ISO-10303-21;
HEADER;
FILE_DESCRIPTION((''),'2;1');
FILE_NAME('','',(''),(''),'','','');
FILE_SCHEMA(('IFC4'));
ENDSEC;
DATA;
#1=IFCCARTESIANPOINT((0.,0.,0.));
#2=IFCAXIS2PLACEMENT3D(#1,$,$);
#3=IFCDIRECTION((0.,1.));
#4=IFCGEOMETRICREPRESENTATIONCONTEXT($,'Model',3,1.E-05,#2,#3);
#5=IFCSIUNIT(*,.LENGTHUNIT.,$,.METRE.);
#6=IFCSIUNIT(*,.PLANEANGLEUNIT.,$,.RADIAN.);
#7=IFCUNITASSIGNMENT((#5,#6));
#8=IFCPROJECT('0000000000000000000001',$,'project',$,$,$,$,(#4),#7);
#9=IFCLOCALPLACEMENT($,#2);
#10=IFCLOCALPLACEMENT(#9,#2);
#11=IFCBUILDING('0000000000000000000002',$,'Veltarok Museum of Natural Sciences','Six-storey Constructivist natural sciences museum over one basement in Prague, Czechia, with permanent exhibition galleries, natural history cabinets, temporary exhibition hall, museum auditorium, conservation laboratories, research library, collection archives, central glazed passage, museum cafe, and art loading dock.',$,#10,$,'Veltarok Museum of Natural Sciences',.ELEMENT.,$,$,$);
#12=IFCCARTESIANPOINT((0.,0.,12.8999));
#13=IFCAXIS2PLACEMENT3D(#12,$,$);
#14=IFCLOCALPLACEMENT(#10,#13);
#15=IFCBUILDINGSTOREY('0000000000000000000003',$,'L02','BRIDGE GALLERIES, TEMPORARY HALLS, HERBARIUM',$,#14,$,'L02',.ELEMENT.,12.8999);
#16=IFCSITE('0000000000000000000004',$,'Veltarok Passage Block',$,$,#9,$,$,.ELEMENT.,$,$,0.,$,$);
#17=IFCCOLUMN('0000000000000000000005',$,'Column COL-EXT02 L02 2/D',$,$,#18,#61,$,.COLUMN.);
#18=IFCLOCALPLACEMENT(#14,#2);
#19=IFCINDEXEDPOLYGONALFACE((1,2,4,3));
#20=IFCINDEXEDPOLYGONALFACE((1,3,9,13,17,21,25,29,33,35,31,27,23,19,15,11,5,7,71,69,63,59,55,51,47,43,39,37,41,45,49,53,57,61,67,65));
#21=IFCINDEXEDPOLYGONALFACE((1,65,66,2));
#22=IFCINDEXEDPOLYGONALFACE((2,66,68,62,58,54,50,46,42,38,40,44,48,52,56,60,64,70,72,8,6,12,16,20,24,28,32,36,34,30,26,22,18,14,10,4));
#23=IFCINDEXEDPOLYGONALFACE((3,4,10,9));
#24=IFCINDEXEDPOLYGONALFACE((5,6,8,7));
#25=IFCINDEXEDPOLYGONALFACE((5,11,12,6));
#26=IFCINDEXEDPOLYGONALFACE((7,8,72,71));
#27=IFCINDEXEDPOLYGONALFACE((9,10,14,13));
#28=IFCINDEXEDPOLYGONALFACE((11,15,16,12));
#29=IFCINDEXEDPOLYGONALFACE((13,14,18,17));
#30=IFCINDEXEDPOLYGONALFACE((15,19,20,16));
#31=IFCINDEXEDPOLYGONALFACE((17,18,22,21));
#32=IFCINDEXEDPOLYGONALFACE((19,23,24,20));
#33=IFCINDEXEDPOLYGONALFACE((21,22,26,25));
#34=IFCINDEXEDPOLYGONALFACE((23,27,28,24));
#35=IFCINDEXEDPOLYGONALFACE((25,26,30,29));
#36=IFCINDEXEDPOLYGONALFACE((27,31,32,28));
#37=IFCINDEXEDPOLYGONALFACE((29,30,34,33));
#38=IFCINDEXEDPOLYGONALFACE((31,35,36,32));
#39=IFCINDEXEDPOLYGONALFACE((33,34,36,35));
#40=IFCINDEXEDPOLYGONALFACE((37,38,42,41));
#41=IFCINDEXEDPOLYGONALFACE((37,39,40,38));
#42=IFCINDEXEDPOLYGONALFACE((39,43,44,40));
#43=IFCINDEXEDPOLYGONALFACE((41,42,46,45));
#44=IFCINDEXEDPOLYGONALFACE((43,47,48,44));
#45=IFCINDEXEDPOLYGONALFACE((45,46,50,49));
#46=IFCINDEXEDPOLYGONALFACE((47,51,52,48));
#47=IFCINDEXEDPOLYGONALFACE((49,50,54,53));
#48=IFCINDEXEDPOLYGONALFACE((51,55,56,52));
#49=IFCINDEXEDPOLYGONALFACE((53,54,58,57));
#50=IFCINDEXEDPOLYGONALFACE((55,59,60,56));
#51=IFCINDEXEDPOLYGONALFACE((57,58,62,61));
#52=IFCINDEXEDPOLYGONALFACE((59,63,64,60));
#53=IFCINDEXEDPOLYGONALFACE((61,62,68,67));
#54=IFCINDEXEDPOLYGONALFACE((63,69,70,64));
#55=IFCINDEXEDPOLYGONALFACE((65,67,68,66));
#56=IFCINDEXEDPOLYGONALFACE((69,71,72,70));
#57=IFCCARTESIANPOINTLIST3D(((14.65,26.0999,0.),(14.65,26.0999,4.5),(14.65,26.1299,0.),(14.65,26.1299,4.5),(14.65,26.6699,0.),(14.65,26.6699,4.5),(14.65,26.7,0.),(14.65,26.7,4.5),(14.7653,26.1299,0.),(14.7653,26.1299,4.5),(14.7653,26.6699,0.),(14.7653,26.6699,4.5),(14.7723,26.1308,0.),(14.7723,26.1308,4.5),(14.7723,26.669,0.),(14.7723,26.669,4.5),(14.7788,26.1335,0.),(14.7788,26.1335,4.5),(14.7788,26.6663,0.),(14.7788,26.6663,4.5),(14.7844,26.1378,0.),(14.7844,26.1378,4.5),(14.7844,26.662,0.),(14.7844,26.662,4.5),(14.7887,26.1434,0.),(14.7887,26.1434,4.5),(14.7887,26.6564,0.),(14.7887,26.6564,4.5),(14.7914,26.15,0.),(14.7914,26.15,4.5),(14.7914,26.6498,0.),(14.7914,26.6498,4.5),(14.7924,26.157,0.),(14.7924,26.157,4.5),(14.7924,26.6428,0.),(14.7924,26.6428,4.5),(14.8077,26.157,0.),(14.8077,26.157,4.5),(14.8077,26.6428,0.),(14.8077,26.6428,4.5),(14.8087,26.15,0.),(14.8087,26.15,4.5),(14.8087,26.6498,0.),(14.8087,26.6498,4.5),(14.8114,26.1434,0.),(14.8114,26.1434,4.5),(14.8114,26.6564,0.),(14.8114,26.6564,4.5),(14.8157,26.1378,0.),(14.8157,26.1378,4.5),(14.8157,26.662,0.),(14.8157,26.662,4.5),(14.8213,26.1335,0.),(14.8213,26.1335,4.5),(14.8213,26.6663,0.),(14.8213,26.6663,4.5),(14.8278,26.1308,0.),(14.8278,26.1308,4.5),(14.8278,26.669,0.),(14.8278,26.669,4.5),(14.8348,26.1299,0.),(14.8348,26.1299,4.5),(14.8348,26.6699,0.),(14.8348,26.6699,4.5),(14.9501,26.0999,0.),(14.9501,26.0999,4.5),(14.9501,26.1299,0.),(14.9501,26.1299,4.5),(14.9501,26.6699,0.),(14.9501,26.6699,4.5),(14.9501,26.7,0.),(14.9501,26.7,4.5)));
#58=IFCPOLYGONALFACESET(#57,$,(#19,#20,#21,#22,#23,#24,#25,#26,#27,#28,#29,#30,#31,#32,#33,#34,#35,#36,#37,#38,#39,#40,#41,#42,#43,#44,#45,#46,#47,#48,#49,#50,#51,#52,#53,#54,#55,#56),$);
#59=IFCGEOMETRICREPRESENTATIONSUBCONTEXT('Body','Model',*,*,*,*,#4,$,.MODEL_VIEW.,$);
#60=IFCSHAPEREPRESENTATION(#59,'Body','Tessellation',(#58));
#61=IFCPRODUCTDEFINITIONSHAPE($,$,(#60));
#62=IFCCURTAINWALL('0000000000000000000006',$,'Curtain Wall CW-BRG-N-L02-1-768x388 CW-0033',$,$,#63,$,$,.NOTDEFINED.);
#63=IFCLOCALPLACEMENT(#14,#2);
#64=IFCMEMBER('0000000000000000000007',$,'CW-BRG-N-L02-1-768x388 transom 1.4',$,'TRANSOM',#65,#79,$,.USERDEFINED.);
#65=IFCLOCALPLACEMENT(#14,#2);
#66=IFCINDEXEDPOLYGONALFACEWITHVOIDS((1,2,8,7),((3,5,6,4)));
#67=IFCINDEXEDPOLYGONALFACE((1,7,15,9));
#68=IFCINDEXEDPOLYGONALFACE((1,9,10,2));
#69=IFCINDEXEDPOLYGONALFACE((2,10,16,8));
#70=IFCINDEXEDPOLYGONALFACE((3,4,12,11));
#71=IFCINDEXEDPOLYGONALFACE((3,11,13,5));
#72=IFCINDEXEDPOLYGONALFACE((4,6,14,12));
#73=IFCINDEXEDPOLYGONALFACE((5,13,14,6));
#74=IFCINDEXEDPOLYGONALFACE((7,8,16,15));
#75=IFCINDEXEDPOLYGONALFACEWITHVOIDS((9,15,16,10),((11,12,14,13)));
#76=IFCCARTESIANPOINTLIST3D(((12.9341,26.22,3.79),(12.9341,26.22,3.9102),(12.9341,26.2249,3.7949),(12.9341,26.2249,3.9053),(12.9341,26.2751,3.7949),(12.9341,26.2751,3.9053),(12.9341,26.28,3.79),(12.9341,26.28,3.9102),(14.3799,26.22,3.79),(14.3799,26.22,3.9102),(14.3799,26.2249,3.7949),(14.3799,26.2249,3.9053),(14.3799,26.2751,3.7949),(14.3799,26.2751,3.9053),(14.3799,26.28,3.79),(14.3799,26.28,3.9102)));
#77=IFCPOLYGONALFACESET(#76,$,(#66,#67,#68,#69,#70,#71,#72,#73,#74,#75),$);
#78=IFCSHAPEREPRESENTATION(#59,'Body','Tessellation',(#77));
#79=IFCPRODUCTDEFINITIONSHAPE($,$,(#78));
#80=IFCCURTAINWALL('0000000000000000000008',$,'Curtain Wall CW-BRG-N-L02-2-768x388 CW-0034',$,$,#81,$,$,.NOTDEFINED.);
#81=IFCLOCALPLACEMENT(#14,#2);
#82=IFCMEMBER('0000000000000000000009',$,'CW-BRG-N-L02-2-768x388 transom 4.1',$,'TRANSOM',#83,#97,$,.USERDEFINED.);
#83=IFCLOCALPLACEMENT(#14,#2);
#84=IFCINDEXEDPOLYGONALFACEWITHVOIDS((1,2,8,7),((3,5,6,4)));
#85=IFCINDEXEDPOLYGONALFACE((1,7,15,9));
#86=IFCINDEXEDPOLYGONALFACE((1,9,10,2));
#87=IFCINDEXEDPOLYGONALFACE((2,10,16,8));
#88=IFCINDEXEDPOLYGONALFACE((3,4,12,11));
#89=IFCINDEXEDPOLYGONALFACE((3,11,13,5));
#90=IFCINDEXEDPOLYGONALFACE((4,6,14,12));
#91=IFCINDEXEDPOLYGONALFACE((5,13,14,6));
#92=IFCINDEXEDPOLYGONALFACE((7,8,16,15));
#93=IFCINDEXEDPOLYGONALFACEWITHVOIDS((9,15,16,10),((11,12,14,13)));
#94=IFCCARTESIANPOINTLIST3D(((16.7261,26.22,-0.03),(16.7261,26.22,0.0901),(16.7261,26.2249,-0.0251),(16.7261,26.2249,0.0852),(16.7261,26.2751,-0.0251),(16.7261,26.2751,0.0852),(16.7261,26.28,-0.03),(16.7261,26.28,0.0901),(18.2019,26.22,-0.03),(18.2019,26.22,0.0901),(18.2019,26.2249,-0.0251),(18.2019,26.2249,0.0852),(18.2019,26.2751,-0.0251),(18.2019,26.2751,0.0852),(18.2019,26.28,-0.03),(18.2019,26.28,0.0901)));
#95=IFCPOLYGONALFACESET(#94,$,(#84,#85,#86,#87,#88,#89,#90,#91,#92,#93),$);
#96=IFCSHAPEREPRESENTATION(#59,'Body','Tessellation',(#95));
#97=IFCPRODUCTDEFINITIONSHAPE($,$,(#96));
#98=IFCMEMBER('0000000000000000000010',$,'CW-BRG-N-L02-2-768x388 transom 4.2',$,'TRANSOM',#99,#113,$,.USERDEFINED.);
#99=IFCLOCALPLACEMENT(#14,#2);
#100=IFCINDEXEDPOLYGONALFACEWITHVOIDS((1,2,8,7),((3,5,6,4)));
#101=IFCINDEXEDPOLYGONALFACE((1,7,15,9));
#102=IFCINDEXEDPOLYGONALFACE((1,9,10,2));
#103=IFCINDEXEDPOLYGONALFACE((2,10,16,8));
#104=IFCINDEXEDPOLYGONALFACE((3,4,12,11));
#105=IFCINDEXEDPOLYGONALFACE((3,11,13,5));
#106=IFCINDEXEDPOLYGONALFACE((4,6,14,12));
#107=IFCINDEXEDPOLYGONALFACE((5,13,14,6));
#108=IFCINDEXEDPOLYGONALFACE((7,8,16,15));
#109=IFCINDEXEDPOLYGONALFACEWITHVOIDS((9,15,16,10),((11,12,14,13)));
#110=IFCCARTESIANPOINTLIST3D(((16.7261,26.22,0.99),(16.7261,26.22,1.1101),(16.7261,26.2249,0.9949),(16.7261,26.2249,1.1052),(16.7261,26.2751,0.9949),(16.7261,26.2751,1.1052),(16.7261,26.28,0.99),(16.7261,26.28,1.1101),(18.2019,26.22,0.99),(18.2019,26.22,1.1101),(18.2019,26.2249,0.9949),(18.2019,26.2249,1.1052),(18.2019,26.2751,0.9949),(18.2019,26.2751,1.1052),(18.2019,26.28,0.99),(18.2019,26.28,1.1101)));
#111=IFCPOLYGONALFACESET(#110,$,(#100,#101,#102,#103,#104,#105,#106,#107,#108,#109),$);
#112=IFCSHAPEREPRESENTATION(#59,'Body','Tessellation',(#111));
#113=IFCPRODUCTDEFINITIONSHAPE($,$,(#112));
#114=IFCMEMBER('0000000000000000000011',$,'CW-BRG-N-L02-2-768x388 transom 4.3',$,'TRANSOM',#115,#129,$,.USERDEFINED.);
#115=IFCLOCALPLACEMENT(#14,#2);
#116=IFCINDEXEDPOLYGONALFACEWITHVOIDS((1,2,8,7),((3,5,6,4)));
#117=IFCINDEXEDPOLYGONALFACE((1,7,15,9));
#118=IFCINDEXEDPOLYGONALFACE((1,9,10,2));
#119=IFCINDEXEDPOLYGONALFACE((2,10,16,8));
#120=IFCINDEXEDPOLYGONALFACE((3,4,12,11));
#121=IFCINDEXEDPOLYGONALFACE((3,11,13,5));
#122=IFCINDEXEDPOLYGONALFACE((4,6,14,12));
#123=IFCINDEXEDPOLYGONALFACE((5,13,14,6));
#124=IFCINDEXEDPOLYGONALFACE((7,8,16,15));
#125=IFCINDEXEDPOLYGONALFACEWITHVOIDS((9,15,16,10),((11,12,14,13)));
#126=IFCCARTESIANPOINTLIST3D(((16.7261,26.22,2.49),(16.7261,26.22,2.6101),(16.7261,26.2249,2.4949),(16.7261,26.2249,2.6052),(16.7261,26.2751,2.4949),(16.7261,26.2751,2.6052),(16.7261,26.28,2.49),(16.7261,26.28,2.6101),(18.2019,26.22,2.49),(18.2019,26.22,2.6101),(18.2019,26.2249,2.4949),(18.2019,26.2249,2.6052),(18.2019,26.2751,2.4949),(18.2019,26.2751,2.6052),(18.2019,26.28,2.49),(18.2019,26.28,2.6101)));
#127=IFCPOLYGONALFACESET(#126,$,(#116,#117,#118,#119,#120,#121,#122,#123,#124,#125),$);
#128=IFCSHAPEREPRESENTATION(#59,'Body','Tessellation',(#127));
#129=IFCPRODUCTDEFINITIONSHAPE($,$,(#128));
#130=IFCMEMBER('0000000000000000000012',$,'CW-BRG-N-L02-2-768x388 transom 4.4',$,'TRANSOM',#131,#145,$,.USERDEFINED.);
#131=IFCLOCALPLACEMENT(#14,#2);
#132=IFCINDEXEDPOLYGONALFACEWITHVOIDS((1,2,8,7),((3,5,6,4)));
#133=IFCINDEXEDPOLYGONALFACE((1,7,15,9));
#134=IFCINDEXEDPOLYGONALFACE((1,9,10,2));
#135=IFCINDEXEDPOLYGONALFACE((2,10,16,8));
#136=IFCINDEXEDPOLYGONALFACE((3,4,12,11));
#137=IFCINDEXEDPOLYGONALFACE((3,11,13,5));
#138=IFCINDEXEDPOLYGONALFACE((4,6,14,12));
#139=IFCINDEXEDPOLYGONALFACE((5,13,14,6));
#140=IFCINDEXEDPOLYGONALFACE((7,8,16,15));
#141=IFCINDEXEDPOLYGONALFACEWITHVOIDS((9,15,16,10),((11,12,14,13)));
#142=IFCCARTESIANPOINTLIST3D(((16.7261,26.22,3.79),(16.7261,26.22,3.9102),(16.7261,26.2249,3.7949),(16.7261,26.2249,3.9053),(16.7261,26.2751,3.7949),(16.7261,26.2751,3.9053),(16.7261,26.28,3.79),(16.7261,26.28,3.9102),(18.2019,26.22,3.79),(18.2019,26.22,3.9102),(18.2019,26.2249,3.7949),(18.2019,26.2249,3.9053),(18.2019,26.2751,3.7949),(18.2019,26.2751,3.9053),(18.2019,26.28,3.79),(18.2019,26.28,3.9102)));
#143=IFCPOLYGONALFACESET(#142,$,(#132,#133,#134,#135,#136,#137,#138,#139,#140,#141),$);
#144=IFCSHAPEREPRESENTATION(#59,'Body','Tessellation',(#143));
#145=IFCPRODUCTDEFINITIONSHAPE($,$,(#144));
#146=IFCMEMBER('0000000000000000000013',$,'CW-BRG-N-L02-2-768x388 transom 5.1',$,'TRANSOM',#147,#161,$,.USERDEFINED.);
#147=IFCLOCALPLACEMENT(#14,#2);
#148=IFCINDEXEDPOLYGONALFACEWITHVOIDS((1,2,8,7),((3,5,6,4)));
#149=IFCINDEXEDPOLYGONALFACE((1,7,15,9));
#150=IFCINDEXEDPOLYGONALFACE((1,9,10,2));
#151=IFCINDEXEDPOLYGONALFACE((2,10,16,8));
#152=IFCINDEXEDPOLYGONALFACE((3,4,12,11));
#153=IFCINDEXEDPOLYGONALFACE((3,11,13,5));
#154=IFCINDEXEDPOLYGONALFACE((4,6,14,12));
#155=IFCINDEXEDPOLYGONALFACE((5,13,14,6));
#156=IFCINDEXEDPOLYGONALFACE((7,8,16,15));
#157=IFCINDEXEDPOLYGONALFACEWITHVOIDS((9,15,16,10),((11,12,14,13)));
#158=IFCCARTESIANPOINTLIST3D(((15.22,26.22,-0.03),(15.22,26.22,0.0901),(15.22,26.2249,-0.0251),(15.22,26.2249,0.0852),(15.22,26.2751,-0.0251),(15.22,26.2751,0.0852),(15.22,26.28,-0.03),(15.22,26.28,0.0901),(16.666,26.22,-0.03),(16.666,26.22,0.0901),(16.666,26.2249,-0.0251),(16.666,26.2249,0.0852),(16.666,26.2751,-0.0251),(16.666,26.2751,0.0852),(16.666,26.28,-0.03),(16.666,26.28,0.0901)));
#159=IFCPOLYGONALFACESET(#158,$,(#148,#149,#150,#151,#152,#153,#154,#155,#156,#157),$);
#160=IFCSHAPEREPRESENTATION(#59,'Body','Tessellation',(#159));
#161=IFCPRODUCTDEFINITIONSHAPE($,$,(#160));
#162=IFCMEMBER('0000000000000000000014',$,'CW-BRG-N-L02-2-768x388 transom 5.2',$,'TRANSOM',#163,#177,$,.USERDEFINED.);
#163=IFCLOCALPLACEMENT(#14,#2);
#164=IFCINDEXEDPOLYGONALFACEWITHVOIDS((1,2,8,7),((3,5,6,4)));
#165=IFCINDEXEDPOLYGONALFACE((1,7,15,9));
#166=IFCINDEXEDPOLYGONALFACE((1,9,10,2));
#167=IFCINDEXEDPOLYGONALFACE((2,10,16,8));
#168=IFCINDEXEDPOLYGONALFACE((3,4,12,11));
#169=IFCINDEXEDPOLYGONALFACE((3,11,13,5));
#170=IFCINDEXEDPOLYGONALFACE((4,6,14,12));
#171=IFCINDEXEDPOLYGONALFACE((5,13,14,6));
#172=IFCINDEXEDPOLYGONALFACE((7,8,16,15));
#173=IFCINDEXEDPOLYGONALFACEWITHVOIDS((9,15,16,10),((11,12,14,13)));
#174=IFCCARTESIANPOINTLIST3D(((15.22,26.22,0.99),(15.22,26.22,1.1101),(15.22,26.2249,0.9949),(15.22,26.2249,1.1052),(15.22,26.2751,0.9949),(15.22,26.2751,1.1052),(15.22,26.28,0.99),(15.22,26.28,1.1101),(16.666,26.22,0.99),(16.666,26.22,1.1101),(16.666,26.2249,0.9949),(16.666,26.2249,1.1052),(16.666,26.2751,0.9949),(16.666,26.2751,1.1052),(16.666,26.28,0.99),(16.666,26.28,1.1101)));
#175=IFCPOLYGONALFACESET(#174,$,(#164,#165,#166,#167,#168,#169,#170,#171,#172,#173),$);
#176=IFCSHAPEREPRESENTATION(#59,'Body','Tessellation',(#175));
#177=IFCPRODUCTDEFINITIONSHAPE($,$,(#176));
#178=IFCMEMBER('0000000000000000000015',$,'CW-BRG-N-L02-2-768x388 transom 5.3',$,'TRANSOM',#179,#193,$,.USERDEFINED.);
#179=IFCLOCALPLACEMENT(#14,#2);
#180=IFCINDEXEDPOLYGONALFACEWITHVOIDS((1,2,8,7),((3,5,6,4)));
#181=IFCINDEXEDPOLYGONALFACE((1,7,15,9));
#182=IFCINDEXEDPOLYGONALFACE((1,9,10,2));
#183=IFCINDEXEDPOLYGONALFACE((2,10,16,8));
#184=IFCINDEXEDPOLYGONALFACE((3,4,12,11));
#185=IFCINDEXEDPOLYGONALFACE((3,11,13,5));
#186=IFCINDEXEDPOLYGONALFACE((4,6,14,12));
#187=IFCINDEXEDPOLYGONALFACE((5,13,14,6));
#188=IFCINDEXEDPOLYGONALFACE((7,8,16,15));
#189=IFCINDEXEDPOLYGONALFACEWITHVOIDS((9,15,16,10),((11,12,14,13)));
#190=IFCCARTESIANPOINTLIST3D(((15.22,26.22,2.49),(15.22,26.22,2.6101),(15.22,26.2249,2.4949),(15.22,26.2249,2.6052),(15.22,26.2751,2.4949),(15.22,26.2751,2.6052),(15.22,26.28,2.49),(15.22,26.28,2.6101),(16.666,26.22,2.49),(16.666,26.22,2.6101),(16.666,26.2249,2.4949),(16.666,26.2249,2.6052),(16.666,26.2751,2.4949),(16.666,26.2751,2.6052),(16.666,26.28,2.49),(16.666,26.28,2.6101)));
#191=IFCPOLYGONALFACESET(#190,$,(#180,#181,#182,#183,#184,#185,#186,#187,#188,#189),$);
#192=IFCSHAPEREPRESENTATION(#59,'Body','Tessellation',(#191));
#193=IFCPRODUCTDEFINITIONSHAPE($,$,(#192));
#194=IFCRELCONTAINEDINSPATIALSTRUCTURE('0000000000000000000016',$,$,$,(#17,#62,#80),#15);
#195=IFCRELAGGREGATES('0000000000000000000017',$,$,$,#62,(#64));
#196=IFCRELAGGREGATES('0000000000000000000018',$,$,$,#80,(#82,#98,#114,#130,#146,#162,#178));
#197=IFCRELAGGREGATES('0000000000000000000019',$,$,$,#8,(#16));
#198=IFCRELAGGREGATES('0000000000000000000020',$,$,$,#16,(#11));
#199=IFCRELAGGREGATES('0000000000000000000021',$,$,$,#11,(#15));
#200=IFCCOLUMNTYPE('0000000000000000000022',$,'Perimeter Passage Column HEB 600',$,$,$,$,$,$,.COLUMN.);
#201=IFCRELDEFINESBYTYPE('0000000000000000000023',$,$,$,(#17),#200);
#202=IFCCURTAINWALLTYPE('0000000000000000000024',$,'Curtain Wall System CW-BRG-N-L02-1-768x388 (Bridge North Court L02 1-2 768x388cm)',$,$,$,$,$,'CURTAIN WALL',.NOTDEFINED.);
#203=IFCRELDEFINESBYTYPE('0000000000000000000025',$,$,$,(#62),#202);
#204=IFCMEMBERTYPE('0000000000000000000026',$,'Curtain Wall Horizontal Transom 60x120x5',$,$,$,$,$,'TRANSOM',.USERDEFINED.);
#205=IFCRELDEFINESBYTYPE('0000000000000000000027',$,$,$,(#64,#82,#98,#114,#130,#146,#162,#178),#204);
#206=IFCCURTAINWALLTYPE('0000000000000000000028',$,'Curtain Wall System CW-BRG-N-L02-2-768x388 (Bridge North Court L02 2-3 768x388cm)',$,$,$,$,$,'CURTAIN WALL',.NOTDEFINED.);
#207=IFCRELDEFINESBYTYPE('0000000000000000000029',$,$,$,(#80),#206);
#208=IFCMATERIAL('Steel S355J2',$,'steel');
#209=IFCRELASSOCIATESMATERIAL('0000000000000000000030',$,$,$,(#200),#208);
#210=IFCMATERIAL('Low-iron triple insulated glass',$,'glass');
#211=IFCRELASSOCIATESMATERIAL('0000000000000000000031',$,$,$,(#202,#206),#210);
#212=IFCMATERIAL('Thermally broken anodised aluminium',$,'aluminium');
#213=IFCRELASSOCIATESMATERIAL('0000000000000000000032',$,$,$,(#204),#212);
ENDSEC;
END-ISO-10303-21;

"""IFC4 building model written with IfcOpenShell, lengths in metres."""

from ifc_helpers import new_model, si_unit, direction, frame, origin, origin_2d, place, context, subcontext, project, spatial, hollow_rectangle, i_section, extrude, material, material_profile, profile_set, type_object, element, aggregate, save


model = new_model("IFC4")

# Units and contexts
model_context = context("Model", 3, precision=1e-05, world=origin(), true_north=direction((0.0, 1.0)))
body_context = subcontext(model_context, "Body", "Model", "MODEL_VIEW")
ifc_project = project(units=[si_unit("LENGTHUNIT", "METRE"), si_unit("PLANEANGLEUNIT", "RADIAN")], contexts=[model_context])

# Site, building, storey
site_placement = place(None, origin())
site = spatial("IfcSite", under=ifc_project, at=site_placement, Name="Veltarok Passage Block", CompositionType="ELEMENT", RefElevation=0.0)
building_placement = place(site_placement, origin())
building = spatial("IfcBuilding", under=site, at=building_placement, Name="Veltarok Museum of Natural Sciences", Description="Six-storey Constructivist natural sciences museum over one basement in Prague, Czechia, with permanent exhibition galleries, natural history cabinets, temporary exhibition hall, museum auditorium, conservation laboratories, research library, collection archives, central glazed passage, museum cafe, and art loading dock.", LongName="Veltarok Museum of Natural Sciences", CompositionType="ELEMENT")
storey_placement = place(building_placement, frame((0.0, 0.0, 12.8999)))
storey = spatial("IfcBuildingStorey", under=building, at=storey_placement, Name="L02", Description="BRIDGE GALLERIES, TEMPORARY HALLS, HERBARIUM", LongName="L02", CompositionType="ELEMENT", Elevation=12.8999)

# Column
ifc_material_1 = material(Name="Steel S355J2", Category="steel")
ifc_material_profile_1 = material_profile(ifc_material_1, i_section(OverallWidth=0.3, OverallDepth=0.6001, WebThickness=0.0154, FlangeThickness=0.03, FilletRadius=0.0271, at=origin_2d()), Name="HEB 600")
ifc_profile_set_1 = profile_set([ifc_material_profile_1], Name="Steel S355J2")
column_type = type_object("IfcColumnType", Name="Perimeter Passage Column HEB 600", PredefinedType="COLUMN", material=ifc_profile_set_1)
column_placement = place(storey_placement, frame((14.8, 26.3999, 0.0), z_axis=(0.0, 0.0, 1.0), x_axis=(1.0, 0.0, 0.0)))
element("IfcColumn", 1, at=column_placement, inside=storey, type_object=column_type, Name="Column COL-EXT02 L02 2/D", PredefinedType="COLUMN", context=body_context, shape_type="SweptSolid", body=[
    extrude(i_section(OverallWidth=0.3, OverallDepth=0.6001, WebThickness=0.0154, FlangeThickness=0.03, FilletRadius=0.0271, at=origin_2d()), origin(), (0.0, 0.0, 1.0), 4.5),
])

# Curtain wall, member
ifc_material_2 = material(Name="Low-iron triple insulated glass", Category="glass")
curtain_wall_type_1 = type_object("IfcCurtainWallType", Name="Curtain Wall System CW-BRG-N-L02-1-768x388 (Bridge North Court L02 1-2 768x388cm)", ElementType="CURTAIN WALL", PredefinedType="NOTDEFINED", material=ifc_material_2)
curtain_wall_1_placement = place(storey_placement, origin())
curtain_wall_1 = element("IfcCurtainWall", 2, at=curtain_wall_1_placement, inside=storey, type_object=curtain_wall_type_1, Name="Curtain Wall CW-BRG-N-L02-1-768x388 CW-0033", PredefinedType="NOTDEFINED")
ifc_material_3 = material(Name="Thermally broken anodised aluminium", Category="aluminium")
ifc_material_profile_2 = material_profile(ifc_material_3, hollow_rectangle(XDim=0.0601, YDim=0.1201, WallThickness=0.0049, at=origin_2d()), Name="CW TRANSOM 60x120x5")
ifc_profile_set_2 = profile_set([ifc_material_profile_2], Name="Thermally broken anodised aluminium")
member_type_1 = type_object("IfcMemberType", Name="Curtain Wall Horizontal Transom 60x120x5", ElementType="TRANSOM", PredefinedType="USERDEFINED", material=ifc_profile_set_2)
member_1_placement = place(storey_placement, frame((14.3799, 26.25, 3.8501), z_axis=(-1.0, 0.0, 0.0), x_axis=(0.0, -1.0, 0.0)))
member_1 = element("IfcMember", 3, at=member_1_placement, type_object=member_type_1, Name="CW-BRG-N-L02-1-768x388 transom 1.4", ObjectType="TRANSOM", PredefinedType="USERDEFINED", context=body_context, shape_type="SweptSolid", body=[
    extrude(hollow_rectangle(XDim=0.0601, YDim=0.1201, WallThickness=0.0049, at=origin_2d()), origin(), (0.0, 0.0, 1.0), 1.4458),
])

# Curtain wall, members
curtain_wall_type_2 = type_object("IfcCurtainWallType", Name="Curtain Wall System CW-BRG-N-L02-2-768x388 (Bridge North Court L02 2-3 768x388cm)", ElementType="CURTAIN WALL", PredefinedType="NOTDEFINED", material=ifc_material_2)
curtain_wall_2_placement = place(storey_placement, origin())
curtain_wall_2 = element("IfcCurtainWall", 4, at=curtain_wall_2_placement, inside=storey, type_object=curtain_wall_type_2, Name="Curtain Wall CW-BRG-N-L02-2-768x388 CW-0034", PredefinedType="NOTDEFINED")
member_2_placement = place(storey_placement, frame((18.2019, 26.25, 0.03), z_axis=(-1.0, 0.0, 0.0), x_axis=(0.0, -1.0, 0.0)))
member_2 = element("IfcMember", 5, at=member_2_placement, type_object=member_type_1, Name="CW-BRG-N-L02-2-768x388 transom 4.1", ObjectType="TRANSOM", PredefinedType="USERDEFINED", context=body_context, shape_type="SweptSolid", body=[
    extrude(hollow_rectangle(XDim=0.0601, YDim=0.1201, WallThickness=0.0049, at=origin_2d()), origin(), (0.0, 0.0, 1.0), 1.4758),
])
member_3_placement = place(storey_placement, frame((18.2019, 26.25, 1.05), z_axis=(-1.0, 0.0, 0.0), x_axis=(0.0, -1.0, 0.0)))
member_3 = element("IfcMember", 6, at=member_3_placement, type_object=member_type_1, Name="CW-BRG-N-L02-2-768x388 transom 4.2", ObjectType="TRANSOM", PredefinedType="USERDEFINED", context=body_context, shape_type="SweptSolid", body=[
    extrude(hollow_rectangle(XDim=0.0601, YDim=0.1201, WallThickness=0.0049, at=origin_2d()), origin(), (0.0, 0.0, 1.0), 1.4758),
])
member_4_placement = place(storey_placement, frame((18.2019, 26.25, 2.55), z_axis=(-1.0, 0.0, 0.0), x_axis=(0.0, -1.0, 0.0)))
member_4 = element("IfcMember", 7, at=member_4_placement, type_object=member_type_1, Name="CW-BRG-N-L02-2-768x388 transom 4.3", ObjectType="TRANSOM", PredefinedType="USERDEFINED", context=body_context, shape_type="SweptSolid", body=[
    extrude(hollow_rectangle(XDim=0.0601, YDim=0.1201, WallThickness=0.0049, at=origin_2d()), origin(), (0.0, 0.0, 1.0), 1.4758),
])
member_5_placement = place(storey_placement, frame((18.2019, 26.25, 3.8501), z_axis=(-1.0, 0.0, 0.0), x_axis=(0.0, -1.0, 0.0)))
member_5 = element("IfcMember", 8, at=member_5_placement, type_object=member_type_1, Name="CW-BRG-N-L02-2-768x388 transom 4.4", ObjectType="TRANSOM", PredefinedType="USERDEFINED", context=body_context, shape_type="SweptSolid", body=[
    extrude(hollow_rectangle(XDim=0.0601, YDim=0.1201, WallThickness=0.0049, at=origin_2d()), origin(), (0.0, 0.0, 1.0), 1.4758),
])
member_6_placement = place(storey_placement, frame((16.666, 26.25, 0.03), z_axis=(-1.0, 0.0, 0.0), x_axis=(0.0, -1.0, 0.0)))
member_6 = element("IfcMember", 9, at=member_6_placement, type_object=member_type_1, Name="CW-BRG-N-L02-2-768x388 transom 5.1", ObjectType="TRANSOM", PredefinedType="USERDEFINED", context=body_context, shape_type="SweptSolid", body=[
    extrude(hollow_rectangle(XDim=0.0601, YDim=0.1201, WallThickness=0.0049, at=origin_2d()), origin(), (0.0, 0.0, 1.0), 1.446),
])
member_7_placement = place(storey_placement, frame((16.666, 26.25, 1.05), z_axis=(-1.0, 0.0, 0.0), x_axis=(0.0, -1.0, 0.0)))
member_7 = element("IfcMember", 10, at=member_7_placement, type_object=member_type_1, Name="CW-BRG-N-L02-2-768x388 transom 5.2", ObjectType="TRANSOM", PredefinedType="USERDEFINED", context=body_context, shape_type="SweptSolid", body=[
    extrude(hollow_rectangle(XDim=0.0601, YDim=0.1201, WallThickness=0.0049, at=origin_2d()), origin(), (0.0, 0.0, 1.0), 1.446),
])
member_8_placement = place(storey_placement, frame((16.666, 26.25, 2.55), z_axis=(-1.0, 0.0, 0.0), x_axis=(0.0, -1.0, 0.0)))
member_8 = element("IfcMember", 11, at=member_8_placement, type_object=member_type_1, Name="CW-BRG-N-L02-2-768x388 transom 5.3", ObjectType="TRANSOM", PredefinedType="USERDEFINED", context=body_context, shape_type="SweptSolid", body=[
    extrude(hollow_rectangle(XDim=0.0601, YDim=0.1201, WallThickness=0.0049, at=origin_2d()), origin(), (0.0, 0.0, 1.0), 1.446),
])

aggregate(curtain_wall_1, [member_1])

aggregate(curtain_wall_2, [member_2, member_3, member_4, member_5, member_6, member_7, member_8])

save(model, "model.ifc")
